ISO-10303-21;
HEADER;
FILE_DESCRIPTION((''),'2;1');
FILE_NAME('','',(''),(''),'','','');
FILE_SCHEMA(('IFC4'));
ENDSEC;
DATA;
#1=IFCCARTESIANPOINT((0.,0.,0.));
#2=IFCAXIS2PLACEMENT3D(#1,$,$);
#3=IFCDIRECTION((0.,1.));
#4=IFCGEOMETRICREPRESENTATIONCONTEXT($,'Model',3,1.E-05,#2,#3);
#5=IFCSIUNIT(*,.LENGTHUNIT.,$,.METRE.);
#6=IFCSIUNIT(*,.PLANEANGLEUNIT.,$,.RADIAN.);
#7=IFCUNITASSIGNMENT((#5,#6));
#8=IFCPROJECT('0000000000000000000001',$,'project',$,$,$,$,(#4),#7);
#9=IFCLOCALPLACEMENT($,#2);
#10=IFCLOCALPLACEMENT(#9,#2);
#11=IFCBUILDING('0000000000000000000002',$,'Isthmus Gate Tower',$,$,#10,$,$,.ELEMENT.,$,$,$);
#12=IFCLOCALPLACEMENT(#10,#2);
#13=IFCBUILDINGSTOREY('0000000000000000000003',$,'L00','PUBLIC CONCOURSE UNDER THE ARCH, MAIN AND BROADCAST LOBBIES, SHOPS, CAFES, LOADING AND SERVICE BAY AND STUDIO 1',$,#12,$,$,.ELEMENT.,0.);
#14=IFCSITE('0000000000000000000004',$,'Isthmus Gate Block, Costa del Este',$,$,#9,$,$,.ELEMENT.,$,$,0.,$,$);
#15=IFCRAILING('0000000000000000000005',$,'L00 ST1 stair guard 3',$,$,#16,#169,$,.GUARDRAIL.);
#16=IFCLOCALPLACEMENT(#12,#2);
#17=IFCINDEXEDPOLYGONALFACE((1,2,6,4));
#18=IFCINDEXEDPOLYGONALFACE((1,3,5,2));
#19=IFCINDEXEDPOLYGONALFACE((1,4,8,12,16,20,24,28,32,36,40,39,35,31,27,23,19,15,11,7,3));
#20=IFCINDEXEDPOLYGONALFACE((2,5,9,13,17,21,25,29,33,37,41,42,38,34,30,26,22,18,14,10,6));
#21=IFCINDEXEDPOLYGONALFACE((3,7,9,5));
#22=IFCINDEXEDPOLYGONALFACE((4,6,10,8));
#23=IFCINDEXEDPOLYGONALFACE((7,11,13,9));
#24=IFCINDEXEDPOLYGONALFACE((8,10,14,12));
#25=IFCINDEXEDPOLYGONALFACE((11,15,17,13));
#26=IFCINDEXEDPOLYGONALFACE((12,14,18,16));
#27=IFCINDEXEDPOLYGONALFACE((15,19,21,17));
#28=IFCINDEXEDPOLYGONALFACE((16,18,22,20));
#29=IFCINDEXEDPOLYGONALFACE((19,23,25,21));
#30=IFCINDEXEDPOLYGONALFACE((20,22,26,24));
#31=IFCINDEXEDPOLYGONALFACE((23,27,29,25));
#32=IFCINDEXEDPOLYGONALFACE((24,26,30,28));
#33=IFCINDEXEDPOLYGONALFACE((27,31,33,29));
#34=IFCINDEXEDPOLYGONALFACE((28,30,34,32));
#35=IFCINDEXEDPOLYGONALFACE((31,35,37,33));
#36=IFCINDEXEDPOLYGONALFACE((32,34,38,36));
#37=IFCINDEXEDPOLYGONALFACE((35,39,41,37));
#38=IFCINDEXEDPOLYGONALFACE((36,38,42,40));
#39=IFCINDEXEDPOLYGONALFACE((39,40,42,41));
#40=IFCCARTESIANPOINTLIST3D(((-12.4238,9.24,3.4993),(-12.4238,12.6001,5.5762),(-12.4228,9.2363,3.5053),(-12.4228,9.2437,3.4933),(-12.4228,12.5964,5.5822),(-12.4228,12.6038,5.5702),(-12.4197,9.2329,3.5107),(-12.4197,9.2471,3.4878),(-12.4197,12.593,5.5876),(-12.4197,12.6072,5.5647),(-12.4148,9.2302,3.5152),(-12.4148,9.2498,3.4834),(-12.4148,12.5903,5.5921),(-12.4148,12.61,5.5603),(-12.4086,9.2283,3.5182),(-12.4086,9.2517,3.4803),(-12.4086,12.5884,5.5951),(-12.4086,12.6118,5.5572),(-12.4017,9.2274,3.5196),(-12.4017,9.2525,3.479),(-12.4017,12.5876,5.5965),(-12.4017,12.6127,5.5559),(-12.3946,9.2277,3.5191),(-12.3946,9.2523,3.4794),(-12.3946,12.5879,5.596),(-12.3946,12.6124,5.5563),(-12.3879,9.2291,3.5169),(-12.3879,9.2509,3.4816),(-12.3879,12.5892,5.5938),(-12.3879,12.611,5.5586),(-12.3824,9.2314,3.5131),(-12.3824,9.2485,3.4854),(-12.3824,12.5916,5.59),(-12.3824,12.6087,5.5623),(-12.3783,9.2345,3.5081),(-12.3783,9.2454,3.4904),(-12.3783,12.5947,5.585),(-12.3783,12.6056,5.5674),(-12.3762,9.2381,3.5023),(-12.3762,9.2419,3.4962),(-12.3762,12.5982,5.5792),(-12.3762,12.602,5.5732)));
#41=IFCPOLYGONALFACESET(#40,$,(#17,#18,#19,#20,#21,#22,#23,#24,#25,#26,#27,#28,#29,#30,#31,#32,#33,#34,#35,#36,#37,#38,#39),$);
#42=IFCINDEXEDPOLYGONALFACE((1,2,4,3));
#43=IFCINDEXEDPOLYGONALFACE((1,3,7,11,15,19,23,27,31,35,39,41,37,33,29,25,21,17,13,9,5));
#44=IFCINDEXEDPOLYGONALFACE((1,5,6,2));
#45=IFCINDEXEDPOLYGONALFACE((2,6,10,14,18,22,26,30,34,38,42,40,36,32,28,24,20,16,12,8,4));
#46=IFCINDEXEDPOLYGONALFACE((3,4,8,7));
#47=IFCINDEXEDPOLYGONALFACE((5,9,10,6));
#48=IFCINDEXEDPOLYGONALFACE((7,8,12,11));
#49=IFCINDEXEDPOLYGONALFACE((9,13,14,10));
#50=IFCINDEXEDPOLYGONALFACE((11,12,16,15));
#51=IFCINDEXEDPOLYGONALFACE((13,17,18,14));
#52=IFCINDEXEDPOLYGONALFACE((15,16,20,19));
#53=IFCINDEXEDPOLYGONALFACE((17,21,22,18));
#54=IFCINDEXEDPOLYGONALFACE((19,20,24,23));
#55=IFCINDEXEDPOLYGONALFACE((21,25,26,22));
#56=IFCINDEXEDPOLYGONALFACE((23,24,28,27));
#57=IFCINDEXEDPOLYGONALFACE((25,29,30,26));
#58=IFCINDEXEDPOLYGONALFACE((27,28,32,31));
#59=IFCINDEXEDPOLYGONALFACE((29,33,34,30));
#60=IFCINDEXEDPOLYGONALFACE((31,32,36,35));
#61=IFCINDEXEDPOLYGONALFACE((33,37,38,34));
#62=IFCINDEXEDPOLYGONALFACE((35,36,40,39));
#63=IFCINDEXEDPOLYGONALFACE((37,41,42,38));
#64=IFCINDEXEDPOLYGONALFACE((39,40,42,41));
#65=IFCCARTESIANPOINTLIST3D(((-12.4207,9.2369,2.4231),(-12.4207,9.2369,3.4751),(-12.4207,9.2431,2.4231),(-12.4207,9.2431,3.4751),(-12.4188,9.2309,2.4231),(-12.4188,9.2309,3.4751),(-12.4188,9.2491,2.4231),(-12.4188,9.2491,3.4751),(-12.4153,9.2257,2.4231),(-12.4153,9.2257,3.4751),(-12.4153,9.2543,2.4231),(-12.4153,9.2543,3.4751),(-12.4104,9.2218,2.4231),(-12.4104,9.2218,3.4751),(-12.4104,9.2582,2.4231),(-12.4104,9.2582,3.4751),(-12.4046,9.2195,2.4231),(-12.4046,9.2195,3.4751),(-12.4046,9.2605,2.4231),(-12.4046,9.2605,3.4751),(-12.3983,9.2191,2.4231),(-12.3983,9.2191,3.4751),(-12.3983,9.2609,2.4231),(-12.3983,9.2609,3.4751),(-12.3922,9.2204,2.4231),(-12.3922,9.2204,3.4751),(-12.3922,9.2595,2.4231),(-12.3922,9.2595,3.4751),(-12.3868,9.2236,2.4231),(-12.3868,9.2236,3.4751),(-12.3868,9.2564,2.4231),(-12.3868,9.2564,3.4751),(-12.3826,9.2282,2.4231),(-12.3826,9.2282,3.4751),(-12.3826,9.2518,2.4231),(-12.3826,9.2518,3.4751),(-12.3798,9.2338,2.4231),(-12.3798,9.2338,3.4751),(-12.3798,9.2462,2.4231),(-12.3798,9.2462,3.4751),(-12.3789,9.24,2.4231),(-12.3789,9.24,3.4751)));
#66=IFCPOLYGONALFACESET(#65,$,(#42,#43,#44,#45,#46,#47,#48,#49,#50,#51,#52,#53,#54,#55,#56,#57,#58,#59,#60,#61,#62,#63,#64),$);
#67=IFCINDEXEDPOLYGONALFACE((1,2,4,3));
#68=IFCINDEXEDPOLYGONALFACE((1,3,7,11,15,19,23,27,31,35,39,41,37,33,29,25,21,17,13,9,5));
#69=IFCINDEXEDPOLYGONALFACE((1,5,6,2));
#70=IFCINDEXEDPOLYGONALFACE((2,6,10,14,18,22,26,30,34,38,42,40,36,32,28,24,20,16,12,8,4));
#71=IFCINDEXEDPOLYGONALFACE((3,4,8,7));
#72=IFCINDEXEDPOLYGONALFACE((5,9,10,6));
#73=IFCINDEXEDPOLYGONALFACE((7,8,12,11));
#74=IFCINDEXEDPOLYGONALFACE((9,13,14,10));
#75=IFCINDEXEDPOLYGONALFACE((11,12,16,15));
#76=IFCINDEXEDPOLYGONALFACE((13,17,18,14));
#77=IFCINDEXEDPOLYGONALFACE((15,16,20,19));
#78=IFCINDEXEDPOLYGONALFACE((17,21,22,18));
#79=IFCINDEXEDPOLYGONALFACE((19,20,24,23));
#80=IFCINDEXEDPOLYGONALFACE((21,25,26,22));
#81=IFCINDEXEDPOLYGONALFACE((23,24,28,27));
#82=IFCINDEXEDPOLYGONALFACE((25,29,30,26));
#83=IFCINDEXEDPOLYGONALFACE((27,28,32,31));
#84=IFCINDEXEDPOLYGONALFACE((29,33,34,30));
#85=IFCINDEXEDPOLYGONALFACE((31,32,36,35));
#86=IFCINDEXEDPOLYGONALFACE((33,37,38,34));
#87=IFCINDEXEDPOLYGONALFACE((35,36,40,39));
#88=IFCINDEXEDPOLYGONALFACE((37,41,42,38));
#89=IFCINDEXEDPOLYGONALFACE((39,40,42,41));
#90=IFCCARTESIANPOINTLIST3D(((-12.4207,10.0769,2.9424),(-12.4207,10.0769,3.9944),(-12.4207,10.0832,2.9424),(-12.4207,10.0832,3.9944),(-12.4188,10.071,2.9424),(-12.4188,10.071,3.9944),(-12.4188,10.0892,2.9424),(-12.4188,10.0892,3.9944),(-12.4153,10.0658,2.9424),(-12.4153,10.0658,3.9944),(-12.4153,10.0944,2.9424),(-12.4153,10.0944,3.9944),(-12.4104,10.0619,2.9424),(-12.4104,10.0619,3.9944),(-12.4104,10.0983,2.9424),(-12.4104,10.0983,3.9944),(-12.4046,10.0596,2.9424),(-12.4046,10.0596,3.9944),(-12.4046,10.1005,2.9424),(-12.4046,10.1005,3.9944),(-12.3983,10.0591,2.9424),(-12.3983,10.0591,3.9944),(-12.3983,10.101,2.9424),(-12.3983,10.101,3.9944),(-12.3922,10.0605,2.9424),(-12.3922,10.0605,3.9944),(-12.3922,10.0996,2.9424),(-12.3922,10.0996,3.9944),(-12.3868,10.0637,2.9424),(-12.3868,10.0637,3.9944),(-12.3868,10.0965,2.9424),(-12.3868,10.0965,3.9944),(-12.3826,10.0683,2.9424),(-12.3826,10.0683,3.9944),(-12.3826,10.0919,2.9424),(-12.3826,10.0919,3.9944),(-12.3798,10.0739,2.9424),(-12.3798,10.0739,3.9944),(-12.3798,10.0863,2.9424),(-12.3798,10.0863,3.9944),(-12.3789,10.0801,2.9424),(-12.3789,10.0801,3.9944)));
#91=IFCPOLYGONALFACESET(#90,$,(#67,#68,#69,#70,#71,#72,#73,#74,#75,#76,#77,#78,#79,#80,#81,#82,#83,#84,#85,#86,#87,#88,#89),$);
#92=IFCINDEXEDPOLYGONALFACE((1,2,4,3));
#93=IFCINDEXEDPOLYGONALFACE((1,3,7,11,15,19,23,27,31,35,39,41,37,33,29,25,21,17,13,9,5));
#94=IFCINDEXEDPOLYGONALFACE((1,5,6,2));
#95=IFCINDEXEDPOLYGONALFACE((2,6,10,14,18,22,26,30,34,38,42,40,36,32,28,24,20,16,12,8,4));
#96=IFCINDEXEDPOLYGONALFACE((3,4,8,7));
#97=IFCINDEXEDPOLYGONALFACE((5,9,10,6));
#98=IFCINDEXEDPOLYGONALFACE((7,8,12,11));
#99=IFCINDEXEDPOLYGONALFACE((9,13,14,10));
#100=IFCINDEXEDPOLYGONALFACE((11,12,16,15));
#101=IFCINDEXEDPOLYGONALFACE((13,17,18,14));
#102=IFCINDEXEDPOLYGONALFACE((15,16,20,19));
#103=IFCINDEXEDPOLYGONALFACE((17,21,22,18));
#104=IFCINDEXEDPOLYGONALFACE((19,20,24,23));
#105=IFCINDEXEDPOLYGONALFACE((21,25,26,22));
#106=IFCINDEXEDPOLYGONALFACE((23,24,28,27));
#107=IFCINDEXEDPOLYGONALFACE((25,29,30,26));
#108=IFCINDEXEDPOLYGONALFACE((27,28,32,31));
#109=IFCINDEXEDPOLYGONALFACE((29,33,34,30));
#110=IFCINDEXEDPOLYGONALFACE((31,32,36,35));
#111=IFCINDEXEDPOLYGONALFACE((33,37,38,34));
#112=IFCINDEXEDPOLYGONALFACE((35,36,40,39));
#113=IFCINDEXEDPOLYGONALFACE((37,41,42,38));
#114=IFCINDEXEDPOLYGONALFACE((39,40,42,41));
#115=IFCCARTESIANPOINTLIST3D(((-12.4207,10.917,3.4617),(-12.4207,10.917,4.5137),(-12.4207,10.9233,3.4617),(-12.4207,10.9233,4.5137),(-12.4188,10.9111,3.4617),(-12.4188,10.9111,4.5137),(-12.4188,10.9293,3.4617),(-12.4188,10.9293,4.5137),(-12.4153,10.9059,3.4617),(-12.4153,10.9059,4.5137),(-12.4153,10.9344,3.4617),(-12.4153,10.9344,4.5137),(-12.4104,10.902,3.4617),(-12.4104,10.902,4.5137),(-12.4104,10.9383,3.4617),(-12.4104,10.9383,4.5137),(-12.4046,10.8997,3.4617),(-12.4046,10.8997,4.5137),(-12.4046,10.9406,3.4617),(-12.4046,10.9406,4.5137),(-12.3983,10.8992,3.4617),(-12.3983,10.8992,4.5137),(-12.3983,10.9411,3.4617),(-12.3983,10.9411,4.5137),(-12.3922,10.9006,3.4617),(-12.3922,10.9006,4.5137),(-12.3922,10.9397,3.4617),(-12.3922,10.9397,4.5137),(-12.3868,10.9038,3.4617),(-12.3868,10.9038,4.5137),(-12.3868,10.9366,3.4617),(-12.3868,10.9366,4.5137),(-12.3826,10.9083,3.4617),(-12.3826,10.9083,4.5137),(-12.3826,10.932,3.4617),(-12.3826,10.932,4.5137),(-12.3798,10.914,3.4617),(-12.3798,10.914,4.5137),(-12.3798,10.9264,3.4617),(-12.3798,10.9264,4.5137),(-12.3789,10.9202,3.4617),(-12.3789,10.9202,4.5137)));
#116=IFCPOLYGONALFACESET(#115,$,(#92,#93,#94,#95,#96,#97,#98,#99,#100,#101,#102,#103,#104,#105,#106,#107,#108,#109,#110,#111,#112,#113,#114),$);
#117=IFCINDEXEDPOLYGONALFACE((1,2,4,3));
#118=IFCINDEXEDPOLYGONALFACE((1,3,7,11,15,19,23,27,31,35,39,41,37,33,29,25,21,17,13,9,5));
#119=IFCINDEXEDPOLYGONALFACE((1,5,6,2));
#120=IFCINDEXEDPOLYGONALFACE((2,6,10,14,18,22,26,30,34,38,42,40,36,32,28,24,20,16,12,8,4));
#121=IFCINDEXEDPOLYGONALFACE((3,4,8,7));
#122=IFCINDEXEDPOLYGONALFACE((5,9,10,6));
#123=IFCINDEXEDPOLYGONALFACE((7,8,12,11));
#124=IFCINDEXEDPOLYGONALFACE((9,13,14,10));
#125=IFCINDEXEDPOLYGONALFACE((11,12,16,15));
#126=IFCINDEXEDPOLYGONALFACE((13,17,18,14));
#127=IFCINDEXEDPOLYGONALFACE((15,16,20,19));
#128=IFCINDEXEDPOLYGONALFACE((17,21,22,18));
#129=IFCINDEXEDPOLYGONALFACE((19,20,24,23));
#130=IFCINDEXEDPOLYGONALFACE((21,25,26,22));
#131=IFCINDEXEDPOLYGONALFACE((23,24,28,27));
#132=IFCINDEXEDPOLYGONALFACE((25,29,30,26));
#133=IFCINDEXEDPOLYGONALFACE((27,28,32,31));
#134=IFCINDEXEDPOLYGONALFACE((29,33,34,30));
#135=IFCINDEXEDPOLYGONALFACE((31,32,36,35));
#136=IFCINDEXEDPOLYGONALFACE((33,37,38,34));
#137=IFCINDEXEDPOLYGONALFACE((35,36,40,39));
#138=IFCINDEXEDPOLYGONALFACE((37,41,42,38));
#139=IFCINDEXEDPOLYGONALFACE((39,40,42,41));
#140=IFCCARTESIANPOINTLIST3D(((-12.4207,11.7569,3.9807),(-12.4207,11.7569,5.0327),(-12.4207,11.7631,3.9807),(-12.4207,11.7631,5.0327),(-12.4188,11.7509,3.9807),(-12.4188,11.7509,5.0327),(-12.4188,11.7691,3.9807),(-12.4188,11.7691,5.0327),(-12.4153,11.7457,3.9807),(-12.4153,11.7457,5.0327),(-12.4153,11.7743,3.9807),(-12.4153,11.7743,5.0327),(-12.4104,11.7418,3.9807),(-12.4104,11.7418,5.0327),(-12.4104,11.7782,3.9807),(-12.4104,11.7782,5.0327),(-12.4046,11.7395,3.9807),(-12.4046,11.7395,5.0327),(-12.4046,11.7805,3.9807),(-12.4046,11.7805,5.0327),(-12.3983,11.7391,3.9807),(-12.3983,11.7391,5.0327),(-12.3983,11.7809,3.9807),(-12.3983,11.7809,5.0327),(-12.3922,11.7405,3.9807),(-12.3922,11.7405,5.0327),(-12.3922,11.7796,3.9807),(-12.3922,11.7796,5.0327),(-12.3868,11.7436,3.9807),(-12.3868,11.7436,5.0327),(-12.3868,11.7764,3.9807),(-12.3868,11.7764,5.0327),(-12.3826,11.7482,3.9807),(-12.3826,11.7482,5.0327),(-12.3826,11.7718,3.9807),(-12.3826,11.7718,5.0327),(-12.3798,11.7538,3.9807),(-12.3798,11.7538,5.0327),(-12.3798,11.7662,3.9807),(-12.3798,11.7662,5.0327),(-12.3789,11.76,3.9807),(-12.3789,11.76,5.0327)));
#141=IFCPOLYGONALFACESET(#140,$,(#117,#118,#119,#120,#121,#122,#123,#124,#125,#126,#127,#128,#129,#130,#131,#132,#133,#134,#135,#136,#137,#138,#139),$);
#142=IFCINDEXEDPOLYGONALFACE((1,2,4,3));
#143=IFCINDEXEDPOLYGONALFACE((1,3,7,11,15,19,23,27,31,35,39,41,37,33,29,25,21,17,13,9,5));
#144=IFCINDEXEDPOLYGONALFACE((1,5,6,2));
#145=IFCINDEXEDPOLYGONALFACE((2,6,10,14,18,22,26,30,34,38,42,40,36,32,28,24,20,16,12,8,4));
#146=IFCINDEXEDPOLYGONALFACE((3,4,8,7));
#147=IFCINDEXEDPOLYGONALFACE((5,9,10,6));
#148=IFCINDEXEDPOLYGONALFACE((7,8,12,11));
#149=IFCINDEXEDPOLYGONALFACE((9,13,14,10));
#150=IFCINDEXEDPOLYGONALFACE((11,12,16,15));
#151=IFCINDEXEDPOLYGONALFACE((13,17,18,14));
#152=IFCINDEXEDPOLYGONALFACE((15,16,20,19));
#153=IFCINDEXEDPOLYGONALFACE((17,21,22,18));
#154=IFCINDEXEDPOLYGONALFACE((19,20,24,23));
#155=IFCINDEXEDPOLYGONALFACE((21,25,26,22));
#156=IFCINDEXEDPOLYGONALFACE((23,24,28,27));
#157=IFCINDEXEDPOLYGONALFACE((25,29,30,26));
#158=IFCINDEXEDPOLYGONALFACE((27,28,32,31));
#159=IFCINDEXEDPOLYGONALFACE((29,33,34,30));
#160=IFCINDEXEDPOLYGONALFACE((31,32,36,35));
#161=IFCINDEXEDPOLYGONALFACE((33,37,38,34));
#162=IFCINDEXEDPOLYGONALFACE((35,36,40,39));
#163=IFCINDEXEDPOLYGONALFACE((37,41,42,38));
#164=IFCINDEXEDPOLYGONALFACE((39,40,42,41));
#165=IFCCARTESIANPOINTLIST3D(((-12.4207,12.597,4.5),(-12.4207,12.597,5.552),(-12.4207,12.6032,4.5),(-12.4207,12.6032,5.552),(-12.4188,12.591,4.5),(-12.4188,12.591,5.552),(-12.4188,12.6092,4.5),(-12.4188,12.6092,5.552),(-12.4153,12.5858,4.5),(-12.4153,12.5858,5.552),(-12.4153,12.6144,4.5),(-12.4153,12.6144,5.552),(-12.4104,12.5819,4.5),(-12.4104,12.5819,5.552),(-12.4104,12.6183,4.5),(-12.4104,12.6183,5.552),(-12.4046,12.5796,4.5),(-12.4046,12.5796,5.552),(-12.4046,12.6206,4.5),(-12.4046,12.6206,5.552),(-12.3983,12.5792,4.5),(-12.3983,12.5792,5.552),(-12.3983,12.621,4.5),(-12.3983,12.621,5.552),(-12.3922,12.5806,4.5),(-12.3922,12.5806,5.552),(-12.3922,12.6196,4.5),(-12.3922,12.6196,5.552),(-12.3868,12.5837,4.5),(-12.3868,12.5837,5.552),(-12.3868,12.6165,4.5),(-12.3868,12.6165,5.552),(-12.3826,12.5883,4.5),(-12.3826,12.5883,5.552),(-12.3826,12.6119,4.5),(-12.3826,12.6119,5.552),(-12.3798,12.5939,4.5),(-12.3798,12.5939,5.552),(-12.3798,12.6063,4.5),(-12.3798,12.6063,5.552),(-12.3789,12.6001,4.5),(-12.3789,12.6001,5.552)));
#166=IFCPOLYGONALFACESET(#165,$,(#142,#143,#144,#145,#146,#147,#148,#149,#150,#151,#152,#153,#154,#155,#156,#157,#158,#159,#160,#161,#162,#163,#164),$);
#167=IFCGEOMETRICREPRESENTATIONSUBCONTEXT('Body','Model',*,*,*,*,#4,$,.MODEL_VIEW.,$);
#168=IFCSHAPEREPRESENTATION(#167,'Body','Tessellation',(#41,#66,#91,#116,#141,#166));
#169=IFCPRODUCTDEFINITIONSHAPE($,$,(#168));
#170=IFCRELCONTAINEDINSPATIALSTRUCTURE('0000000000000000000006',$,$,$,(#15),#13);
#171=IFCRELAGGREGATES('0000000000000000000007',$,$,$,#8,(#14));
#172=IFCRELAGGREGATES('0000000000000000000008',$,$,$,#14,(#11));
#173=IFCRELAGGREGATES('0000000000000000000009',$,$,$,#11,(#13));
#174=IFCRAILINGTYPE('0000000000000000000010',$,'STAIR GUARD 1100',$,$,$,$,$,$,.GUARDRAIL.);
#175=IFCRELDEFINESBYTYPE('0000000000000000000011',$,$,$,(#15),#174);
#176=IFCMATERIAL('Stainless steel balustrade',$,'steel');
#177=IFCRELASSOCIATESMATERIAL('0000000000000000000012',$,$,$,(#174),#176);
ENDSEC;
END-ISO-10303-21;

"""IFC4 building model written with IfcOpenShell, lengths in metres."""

from ifc_helpers import new_model, si_unit, direction, frame, origin, origin_2d, place, context, subcontext, project, spatial, circle, extrude, material, type_object, element, save


model = new_model("IFC4")

# Units and contexts
model_context = context("Model", 3, precision=1e-05, world=origin(), true_north=direction((0.0, 1.0)))
body_context = subcontext(model_context, "Body", "Model", "MODEL_VIEW")
ifc_project = project(units=[si_unit("LENGTHUNIT", "METRE"), si_unit("PLANEANGLEUNIT", "RADIAN")], contexts=[model_context])

# Site, building, storey
site_placement = place(None, origin())
site = spatial("IfcSite", under=ifc_project, at=site_placement, Name="Isthmus Gate Block, Costa del Este", CompositionType="ELEMENT", RefElevation=0.0)
building_placement = place(site_placement, origin())
building = spatial("IfcBuilding", under=site, at=building_placement, Name="Isthmus Gate Tower", CompositionType="ELEMENT")
storey_placement = place(building_placement, origin())
storey = spatial("IfcBuildingStorey", under=building, at=storey_placement, Name="L00", Description="PUBLIC CONCOURSE UNDER THE ARCH, MAIN AND BROADCAST LOBBIES, SHOPS, CAFES, LOADING AND SERVICE BAY AND STUDIO 1", CompositionType="ELEMENT", Elevation=0.0)

# Railing
ifc_material_1 = material(Name="Stainless steel balustrade", Category="steel")
railing_type_1 = type_object("IfcRailingType", Name="STAIR GUARD 1100", PredefinedType="GUARDRAIL", material=ifc_material_1)
railing_1_placement = place(storey_placement, frame((-12.3999, 9.24, 2.4231)))
element("IfcRailing", 1, at=railing_1_placement, inside=storey, type_object=railing_type_1, Name="L00 ST1 stair guard 3", PredefinedType="GUARDRAIL", context=body_context, shape_type="SweptSolid", body=[
    extrude(circle(Radius=0.0239, at=origin_2d()), frame((0.0, 0.0, 1.0762), z_axis=(0.0, 0.850623, 0.525776), x_axis=(-1.0, 0.0, 0.0)), (0.0, 0.0, 1.0), 3.9502),
    extrude(circle(Radius=0.021, at=origin_2d()), origin(), (0.0, 0.0, 1.0), 1.052),
    extrude(circle(Radius=0.021, at=origin_2d()), frame((0.0, 0.8401, 0.5193)), (0.0, 0.0, 1.0), 1.052),
    extrude(circle(Radius=0.021, at=origin_2d()), frame((0.0, 1.6802, 1.0386)), (0.0, 0.0, 1.0), 1.052),
    extrude(circle(Radius=0.021, at=origin_2d()), frame((0.0, 2.52, 1.5576)), (0.0, 0.0, 1.0), 1.052),
    extrude(circle(Radius=0.021, at=origin_2d()), frame((0.0, 3.3601, 2.0769)), (0.0, 0.0, 1.0), 1.052),
])

save(model, "model.ifc")
